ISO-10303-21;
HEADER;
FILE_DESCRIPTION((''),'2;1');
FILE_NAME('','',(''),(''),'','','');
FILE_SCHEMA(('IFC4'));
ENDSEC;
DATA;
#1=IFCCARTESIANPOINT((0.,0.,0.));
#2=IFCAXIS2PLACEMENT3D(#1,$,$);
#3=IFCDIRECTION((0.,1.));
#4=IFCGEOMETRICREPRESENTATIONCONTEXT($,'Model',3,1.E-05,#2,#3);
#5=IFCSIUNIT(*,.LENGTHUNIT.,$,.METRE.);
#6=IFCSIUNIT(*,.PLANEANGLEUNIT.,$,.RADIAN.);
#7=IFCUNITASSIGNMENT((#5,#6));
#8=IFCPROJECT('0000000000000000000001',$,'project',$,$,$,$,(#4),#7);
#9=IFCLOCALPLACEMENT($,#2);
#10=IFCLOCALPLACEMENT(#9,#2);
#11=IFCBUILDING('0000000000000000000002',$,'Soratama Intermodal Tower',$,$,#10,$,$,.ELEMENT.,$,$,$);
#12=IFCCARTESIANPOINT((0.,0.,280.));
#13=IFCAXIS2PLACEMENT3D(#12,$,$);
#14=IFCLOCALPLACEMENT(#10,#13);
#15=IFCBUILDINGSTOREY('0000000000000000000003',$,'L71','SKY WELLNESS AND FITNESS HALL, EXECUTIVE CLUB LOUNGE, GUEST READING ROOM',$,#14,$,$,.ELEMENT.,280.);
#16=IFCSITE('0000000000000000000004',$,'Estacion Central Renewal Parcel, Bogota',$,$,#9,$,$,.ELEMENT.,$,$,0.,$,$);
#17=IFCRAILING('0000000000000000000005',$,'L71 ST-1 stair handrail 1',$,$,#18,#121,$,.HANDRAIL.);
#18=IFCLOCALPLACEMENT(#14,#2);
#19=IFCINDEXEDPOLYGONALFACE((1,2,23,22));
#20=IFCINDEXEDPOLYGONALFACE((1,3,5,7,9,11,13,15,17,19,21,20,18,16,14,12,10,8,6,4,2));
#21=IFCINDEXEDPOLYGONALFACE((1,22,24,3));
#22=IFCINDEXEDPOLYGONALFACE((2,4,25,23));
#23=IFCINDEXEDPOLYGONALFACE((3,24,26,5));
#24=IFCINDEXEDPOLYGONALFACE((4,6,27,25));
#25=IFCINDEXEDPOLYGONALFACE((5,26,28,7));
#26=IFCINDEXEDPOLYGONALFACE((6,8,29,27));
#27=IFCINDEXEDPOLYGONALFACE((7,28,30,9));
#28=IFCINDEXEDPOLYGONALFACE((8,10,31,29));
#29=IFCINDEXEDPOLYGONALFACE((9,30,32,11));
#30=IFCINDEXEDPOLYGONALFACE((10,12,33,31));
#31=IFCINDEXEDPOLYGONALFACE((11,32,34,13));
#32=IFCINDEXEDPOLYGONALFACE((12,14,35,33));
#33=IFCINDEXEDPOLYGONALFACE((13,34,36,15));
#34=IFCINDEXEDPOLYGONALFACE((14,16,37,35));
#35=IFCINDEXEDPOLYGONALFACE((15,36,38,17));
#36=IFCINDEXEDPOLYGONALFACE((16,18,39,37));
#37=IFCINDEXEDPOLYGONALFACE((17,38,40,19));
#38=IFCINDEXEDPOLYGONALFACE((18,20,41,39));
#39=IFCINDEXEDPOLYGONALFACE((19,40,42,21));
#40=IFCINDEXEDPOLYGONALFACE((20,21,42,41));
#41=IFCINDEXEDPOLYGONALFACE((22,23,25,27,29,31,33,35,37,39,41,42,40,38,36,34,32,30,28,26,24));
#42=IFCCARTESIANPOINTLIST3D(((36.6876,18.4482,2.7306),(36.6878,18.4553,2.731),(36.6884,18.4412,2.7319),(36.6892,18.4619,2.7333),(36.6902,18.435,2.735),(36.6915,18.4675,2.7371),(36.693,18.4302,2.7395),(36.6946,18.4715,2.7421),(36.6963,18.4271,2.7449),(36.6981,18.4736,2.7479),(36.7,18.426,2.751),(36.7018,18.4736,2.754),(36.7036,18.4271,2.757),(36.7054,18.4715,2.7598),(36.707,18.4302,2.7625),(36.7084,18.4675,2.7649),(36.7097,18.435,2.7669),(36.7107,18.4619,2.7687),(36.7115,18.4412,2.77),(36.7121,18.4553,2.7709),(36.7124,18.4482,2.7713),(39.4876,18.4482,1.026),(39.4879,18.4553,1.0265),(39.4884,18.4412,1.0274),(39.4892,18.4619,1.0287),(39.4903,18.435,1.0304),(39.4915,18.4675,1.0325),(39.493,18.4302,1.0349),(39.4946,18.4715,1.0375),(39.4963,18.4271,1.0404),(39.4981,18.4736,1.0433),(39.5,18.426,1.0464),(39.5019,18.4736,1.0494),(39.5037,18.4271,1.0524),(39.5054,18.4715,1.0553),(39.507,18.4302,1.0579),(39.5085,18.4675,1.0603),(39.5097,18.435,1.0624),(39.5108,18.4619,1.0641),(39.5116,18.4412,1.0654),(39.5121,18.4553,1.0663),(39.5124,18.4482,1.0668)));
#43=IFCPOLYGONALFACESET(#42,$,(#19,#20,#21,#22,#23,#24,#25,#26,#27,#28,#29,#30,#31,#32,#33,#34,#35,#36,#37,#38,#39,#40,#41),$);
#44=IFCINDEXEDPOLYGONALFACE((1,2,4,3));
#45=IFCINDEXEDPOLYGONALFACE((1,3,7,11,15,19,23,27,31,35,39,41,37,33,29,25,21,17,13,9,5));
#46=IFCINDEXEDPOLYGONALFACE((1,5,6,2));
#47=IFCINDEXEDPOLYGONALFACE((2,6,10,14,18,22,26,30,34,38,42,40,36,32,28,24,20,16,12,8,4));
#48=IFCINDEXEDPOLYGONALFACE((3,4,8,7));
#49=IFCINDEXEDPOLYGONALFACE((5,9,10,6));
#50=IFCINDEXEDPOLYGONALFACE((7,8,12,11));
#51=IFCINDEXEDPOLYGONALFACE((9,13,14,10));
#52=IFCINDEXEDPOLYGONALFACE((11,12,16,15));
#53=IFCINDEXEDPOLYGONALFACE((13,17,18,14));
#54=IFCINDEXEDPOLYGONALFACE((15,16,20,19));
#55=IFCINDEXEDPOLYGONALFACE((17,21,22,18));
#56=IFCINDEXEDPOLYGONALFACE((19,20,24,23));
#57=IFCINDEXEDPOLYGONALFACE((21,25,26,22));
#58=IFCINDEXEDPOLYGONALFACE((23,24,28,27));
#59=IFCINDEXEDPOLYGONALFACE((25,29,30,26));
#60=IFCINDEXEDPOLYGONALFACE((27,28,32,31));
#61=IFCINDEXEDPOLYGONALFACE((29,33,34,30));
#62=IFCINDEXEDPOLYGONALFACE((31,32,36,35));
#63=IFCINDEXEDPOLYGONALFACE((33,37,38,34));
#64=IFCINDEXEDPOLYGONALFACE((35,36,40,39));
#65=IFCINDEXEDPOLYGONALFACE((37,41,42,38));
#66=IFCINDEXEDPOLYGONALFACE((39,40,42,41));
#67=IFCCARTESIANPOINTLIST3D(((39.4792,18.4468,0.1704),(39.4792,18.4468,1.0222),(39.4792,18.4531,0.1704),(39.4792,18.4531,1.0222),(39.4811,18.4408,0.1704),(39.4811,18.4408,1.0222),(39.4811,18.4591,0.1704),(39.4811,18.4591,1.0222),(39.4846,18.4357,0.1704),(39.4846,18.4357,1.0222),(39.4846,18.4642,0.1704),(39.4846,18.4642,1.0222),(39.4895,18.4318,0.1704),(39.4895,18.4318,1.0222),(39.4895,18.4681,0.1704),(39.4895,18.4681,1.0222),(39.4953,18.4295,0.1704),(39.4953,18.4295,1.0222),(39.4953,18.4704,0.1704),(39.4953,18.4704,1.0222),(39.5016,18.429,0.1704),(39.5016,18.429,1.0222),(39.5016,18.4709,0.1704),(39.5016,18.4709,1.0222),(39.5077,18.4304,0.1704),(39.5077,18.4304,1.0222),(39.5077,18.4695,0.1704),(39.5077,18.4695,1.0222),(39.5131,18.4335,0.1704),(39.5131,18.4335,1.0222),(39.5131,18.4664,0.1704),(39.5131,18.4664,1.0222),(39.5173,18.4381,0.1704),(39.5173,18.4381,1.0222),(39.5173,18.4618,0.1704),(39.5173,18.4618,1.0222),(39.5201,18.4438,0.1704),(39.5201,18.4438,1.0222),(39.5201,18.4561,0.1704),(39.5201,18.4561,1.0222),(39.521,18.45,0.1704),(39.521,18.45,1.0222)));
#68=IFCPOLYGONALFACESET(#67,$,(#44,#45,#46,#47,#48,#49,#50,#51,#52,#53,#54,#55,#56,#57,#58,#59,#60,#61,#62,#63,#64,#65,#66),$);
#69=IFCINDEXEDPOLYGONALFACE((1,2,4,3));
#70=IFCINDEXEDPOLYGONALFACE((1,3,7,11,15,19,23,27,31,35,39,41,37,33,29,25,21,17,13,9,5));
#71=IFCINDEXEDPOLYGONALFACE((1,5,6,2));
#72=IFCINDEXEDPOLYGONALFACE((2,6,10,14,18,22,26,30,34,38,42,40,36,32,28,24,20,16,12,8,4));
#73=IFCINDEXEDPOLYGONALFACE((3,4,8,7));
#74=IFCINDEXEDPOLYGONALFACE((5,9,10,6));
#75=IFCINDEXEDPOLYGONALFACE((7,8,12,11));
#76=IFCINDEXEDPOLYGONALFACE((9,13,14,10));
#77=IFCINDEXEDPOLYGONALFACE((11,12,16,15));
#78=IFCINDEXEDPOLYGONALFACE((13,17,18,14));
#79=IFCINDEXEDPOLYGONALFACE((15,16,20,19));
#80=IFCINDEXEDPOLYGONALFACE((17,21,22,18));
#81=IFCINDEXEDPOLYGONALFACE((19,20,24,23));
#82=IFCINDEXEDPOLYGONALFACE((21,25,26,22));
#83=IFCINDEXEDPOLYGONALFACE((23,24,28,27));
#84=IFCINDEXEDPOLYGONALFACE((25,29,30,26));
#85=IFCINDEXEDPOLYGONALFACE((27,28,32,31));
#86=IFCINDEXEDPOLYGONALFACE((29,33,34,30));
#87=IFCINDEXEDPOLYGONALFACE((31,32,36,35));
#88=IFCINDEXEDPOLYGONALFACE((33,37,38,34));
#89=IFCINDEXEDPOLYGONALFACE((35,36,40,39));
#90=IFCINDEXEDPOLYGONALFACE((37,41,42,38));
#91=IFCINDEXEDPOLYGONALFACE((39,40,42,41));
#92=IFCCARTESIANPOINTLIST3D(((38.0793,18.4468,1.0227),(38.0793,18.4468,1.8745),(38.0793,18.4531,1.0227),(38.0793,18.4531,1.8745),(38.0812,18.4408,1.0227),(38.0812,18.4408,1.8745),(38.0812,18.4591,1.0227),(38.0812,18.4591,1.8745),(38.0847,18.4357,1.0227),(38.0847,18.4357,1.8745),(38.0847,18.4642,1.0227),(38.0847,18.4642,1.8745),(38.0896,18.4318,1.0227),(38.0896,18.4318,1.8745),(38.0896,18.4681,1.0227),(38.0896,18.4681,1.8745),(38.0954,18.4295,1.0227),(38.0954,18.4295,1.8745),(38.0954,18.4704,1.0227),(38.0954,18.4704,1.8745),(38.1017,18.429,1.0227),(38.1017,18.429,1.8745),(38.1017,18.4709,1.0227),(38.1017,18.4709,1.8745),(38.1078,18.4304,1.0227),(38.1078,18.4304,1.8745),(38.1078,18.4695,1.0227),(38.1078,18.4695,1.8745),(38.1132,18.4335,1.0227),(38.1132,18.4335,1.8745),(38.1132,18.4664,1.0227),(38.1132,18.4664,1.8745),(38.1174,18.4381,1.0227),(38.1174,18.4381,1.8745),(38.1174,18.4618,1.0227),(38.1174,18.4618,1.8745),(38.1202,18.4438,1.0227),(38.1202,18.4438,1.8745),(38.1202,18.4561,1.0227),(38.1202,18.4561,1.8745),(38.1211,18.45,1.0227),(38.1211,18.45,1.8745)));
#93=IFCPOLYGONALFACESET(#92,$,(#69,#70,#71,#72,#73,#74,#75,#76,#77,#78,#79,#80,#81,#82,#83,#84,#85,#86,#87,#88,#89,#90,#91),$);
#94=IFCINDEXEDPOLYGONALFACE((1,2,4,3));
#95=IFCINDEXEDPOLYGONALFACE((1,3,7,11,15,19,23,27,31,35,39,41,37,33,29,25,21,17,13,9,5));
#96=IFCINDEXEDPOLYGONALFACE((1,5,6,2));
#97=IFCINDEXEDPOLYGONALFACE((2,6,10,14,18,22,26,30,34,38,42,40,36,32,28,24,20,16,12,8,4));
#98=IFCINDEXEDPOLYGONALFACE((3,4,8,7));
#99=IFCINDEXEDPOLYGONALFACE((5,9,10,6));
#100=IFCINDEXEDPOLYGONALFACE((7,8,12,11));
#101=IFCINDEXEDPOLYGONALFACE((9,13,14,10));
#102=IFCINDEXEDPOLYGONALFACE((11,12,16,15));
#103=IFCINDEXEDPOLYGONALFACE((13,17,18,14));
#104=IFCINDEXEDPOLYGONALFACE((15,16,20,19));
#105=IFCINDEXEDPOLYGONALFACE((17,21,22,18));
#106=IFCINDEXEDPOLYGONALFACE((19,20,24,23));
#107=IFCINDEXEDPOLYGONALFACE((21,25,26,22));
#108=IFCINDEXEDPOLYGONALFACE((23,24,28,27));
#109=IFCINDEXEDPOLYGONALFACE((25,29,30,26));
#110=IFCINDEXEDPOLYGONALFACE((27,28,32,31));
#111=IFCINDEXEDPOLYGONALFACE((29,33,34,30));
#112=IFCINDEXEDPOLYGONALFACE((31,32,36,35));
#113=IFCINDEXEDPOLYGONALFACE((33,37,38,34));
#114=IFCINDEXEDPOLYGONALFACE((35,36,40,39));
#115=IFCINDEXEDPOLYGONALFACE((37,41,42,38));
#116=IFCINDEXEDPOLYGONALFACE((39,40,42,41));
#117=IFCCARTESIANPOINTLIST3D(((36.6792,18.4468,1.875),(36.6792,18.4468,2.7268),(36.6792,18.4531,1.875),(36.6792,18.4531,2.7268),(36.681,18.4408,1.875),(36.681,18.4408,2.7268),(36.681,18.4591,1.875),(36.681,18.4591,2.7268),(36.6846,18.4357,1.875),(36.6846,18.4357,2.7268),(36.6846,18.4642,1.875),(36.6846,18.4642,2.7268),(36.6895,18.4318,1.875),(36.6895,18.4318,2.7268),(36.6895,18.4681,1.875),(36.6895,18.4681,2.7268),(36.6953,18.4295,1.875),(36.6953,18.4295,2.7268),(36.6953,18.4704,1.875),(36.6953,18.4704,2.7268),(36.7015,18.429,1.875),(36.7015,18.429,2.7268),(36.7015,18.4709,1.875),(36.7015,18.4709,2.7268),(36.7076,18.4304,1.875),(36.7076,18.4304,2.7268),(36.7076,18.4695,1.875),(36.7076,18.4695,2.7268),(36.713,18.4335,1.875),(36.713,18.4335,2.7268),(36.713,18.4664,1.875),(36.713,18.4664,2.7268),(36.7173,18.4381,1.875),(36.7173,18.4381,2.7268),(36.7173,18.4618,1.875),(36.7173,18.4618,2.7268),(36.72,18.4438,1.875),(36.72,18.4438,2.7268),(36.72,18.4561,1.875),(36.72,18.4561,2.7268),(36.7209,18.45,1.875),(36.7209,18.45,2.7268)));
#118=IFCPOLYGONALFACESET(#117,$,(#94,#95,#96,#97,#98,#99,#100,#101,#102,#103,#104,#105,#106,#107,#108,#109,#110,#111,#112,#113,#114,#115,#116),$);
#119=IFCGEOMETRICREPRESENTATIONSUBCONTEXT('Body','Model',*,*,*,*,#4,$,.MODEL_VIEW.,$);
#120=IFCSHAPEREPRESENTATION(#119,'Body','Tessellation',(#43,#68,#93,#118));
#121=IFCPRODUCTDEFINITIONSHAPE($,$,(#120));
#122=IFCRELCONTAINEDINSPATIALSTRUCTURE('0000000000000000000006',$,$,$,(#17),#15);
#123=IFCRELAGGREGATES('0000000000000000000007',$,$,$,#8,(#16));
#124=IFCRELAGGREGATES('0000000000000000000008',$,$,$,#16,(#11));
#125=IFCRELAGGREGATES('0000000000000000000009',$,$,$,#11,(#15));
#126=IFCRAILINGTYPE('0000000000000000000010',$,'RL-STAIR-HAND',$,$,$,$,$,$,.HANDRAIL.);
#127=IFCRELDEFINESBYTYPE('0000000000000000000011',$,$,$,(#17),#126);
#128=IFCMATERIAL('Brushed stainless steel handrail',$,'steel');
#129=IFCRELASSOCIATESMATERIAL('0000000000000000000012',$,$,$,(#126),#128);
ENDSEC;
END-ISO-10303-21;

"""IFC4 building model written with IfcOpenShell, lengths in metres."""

from ifc_helpers import new_model, si_unit, direction, frame, origin, origin_2d, place, context, subcontext, project, spatial, circle, extrude, material, type_object, element, save


model = new_model("IFC4")

# Units and contexts
model_context = context("Model", 3, precision=1e-05, world=origin(), true_north=direction((0.0, 1.0)))
body_context = subcontext(model_context, "Body", "Model", "MODEL_VIEW")
ifc_project = project(units=[si_unit("LENGTHUNIT", "METRE"), si_unit("PLANEANGLEUNIT", "RADIAN")], contexts=[model_context])

# Site, building, storey
site_placement = place(None, origin())
site = spatial("IfcSite", under=ifc_project, at=site_placement, Name="Estacion Central Renewal Parcel, Bogota", CompositionType="ELEMENT", RefElevation=0.0)
building_placement = place(site_placement, origin())
building = spatial("IfcBuilding", under=site, at=building_placement, Name="Soratama Intermodal Tower", CompositionType="ELEMENT")
storey_placement = place(building_placement, frame((0.0, 0.0, 280.0)))
storey = spatial("IfcBuildingStorey", under=building, at=storey_placement, Name="L71", Description="SKY WELLNESS AND FITNESS HALL, EXECUTIVE CLUB LOUNGE, GUEST READING ROOM", CompositionType="ELEMENT", Elevation=280.0)

# Railing
ifc_material_1 = material(Name="Brushed stainless steel handrail", Category="steel")
railing_type_1 = type_object("IfcRailingType", Name="RL-STAIR-HAND", PredefinedType="HANDRAIL", material=ifc_material_1)
railing_1_placement = place(storey_placement, frame((39.5, 18.45, 0.1704)))
element("IfcRailing", 1, at=railing_1_placement, inside=storey, type_object=railing_type_1, Name="L71 ST-1 stair handrail 1", PredefinedType="HANDRAIL", context=body_context, shape_type="SweptSolid", body=[
    extrude(circle(Radius=0.0239, at=origin_2d()), frame((0.0, 0.0, 0.876), z_axis=(-0.85417, 0.0, 0.519994), x_axis=(0.0, -1.0, 0.0)), (0.0, 0.0, 1.0), 3.2781),
    extrude(circle(Radius=0.021, at=origin_2d()), origin(), (0.0, 0.0, 1.0), 0.8518),
    extrude(circle(Radius=0.021, at=origin_2d()), frame((-1.3999, 0.0, 0.8523)), (0.0, 0.0, 1.0), 0.8518),
    extrude(circle(Radius=0.021, at=origin_2d()), frame((-2.8, 0.0, 1.7046)), (0.0, 0.0, 1.0), 0.8518),
])

save(model, "model.ifc")
